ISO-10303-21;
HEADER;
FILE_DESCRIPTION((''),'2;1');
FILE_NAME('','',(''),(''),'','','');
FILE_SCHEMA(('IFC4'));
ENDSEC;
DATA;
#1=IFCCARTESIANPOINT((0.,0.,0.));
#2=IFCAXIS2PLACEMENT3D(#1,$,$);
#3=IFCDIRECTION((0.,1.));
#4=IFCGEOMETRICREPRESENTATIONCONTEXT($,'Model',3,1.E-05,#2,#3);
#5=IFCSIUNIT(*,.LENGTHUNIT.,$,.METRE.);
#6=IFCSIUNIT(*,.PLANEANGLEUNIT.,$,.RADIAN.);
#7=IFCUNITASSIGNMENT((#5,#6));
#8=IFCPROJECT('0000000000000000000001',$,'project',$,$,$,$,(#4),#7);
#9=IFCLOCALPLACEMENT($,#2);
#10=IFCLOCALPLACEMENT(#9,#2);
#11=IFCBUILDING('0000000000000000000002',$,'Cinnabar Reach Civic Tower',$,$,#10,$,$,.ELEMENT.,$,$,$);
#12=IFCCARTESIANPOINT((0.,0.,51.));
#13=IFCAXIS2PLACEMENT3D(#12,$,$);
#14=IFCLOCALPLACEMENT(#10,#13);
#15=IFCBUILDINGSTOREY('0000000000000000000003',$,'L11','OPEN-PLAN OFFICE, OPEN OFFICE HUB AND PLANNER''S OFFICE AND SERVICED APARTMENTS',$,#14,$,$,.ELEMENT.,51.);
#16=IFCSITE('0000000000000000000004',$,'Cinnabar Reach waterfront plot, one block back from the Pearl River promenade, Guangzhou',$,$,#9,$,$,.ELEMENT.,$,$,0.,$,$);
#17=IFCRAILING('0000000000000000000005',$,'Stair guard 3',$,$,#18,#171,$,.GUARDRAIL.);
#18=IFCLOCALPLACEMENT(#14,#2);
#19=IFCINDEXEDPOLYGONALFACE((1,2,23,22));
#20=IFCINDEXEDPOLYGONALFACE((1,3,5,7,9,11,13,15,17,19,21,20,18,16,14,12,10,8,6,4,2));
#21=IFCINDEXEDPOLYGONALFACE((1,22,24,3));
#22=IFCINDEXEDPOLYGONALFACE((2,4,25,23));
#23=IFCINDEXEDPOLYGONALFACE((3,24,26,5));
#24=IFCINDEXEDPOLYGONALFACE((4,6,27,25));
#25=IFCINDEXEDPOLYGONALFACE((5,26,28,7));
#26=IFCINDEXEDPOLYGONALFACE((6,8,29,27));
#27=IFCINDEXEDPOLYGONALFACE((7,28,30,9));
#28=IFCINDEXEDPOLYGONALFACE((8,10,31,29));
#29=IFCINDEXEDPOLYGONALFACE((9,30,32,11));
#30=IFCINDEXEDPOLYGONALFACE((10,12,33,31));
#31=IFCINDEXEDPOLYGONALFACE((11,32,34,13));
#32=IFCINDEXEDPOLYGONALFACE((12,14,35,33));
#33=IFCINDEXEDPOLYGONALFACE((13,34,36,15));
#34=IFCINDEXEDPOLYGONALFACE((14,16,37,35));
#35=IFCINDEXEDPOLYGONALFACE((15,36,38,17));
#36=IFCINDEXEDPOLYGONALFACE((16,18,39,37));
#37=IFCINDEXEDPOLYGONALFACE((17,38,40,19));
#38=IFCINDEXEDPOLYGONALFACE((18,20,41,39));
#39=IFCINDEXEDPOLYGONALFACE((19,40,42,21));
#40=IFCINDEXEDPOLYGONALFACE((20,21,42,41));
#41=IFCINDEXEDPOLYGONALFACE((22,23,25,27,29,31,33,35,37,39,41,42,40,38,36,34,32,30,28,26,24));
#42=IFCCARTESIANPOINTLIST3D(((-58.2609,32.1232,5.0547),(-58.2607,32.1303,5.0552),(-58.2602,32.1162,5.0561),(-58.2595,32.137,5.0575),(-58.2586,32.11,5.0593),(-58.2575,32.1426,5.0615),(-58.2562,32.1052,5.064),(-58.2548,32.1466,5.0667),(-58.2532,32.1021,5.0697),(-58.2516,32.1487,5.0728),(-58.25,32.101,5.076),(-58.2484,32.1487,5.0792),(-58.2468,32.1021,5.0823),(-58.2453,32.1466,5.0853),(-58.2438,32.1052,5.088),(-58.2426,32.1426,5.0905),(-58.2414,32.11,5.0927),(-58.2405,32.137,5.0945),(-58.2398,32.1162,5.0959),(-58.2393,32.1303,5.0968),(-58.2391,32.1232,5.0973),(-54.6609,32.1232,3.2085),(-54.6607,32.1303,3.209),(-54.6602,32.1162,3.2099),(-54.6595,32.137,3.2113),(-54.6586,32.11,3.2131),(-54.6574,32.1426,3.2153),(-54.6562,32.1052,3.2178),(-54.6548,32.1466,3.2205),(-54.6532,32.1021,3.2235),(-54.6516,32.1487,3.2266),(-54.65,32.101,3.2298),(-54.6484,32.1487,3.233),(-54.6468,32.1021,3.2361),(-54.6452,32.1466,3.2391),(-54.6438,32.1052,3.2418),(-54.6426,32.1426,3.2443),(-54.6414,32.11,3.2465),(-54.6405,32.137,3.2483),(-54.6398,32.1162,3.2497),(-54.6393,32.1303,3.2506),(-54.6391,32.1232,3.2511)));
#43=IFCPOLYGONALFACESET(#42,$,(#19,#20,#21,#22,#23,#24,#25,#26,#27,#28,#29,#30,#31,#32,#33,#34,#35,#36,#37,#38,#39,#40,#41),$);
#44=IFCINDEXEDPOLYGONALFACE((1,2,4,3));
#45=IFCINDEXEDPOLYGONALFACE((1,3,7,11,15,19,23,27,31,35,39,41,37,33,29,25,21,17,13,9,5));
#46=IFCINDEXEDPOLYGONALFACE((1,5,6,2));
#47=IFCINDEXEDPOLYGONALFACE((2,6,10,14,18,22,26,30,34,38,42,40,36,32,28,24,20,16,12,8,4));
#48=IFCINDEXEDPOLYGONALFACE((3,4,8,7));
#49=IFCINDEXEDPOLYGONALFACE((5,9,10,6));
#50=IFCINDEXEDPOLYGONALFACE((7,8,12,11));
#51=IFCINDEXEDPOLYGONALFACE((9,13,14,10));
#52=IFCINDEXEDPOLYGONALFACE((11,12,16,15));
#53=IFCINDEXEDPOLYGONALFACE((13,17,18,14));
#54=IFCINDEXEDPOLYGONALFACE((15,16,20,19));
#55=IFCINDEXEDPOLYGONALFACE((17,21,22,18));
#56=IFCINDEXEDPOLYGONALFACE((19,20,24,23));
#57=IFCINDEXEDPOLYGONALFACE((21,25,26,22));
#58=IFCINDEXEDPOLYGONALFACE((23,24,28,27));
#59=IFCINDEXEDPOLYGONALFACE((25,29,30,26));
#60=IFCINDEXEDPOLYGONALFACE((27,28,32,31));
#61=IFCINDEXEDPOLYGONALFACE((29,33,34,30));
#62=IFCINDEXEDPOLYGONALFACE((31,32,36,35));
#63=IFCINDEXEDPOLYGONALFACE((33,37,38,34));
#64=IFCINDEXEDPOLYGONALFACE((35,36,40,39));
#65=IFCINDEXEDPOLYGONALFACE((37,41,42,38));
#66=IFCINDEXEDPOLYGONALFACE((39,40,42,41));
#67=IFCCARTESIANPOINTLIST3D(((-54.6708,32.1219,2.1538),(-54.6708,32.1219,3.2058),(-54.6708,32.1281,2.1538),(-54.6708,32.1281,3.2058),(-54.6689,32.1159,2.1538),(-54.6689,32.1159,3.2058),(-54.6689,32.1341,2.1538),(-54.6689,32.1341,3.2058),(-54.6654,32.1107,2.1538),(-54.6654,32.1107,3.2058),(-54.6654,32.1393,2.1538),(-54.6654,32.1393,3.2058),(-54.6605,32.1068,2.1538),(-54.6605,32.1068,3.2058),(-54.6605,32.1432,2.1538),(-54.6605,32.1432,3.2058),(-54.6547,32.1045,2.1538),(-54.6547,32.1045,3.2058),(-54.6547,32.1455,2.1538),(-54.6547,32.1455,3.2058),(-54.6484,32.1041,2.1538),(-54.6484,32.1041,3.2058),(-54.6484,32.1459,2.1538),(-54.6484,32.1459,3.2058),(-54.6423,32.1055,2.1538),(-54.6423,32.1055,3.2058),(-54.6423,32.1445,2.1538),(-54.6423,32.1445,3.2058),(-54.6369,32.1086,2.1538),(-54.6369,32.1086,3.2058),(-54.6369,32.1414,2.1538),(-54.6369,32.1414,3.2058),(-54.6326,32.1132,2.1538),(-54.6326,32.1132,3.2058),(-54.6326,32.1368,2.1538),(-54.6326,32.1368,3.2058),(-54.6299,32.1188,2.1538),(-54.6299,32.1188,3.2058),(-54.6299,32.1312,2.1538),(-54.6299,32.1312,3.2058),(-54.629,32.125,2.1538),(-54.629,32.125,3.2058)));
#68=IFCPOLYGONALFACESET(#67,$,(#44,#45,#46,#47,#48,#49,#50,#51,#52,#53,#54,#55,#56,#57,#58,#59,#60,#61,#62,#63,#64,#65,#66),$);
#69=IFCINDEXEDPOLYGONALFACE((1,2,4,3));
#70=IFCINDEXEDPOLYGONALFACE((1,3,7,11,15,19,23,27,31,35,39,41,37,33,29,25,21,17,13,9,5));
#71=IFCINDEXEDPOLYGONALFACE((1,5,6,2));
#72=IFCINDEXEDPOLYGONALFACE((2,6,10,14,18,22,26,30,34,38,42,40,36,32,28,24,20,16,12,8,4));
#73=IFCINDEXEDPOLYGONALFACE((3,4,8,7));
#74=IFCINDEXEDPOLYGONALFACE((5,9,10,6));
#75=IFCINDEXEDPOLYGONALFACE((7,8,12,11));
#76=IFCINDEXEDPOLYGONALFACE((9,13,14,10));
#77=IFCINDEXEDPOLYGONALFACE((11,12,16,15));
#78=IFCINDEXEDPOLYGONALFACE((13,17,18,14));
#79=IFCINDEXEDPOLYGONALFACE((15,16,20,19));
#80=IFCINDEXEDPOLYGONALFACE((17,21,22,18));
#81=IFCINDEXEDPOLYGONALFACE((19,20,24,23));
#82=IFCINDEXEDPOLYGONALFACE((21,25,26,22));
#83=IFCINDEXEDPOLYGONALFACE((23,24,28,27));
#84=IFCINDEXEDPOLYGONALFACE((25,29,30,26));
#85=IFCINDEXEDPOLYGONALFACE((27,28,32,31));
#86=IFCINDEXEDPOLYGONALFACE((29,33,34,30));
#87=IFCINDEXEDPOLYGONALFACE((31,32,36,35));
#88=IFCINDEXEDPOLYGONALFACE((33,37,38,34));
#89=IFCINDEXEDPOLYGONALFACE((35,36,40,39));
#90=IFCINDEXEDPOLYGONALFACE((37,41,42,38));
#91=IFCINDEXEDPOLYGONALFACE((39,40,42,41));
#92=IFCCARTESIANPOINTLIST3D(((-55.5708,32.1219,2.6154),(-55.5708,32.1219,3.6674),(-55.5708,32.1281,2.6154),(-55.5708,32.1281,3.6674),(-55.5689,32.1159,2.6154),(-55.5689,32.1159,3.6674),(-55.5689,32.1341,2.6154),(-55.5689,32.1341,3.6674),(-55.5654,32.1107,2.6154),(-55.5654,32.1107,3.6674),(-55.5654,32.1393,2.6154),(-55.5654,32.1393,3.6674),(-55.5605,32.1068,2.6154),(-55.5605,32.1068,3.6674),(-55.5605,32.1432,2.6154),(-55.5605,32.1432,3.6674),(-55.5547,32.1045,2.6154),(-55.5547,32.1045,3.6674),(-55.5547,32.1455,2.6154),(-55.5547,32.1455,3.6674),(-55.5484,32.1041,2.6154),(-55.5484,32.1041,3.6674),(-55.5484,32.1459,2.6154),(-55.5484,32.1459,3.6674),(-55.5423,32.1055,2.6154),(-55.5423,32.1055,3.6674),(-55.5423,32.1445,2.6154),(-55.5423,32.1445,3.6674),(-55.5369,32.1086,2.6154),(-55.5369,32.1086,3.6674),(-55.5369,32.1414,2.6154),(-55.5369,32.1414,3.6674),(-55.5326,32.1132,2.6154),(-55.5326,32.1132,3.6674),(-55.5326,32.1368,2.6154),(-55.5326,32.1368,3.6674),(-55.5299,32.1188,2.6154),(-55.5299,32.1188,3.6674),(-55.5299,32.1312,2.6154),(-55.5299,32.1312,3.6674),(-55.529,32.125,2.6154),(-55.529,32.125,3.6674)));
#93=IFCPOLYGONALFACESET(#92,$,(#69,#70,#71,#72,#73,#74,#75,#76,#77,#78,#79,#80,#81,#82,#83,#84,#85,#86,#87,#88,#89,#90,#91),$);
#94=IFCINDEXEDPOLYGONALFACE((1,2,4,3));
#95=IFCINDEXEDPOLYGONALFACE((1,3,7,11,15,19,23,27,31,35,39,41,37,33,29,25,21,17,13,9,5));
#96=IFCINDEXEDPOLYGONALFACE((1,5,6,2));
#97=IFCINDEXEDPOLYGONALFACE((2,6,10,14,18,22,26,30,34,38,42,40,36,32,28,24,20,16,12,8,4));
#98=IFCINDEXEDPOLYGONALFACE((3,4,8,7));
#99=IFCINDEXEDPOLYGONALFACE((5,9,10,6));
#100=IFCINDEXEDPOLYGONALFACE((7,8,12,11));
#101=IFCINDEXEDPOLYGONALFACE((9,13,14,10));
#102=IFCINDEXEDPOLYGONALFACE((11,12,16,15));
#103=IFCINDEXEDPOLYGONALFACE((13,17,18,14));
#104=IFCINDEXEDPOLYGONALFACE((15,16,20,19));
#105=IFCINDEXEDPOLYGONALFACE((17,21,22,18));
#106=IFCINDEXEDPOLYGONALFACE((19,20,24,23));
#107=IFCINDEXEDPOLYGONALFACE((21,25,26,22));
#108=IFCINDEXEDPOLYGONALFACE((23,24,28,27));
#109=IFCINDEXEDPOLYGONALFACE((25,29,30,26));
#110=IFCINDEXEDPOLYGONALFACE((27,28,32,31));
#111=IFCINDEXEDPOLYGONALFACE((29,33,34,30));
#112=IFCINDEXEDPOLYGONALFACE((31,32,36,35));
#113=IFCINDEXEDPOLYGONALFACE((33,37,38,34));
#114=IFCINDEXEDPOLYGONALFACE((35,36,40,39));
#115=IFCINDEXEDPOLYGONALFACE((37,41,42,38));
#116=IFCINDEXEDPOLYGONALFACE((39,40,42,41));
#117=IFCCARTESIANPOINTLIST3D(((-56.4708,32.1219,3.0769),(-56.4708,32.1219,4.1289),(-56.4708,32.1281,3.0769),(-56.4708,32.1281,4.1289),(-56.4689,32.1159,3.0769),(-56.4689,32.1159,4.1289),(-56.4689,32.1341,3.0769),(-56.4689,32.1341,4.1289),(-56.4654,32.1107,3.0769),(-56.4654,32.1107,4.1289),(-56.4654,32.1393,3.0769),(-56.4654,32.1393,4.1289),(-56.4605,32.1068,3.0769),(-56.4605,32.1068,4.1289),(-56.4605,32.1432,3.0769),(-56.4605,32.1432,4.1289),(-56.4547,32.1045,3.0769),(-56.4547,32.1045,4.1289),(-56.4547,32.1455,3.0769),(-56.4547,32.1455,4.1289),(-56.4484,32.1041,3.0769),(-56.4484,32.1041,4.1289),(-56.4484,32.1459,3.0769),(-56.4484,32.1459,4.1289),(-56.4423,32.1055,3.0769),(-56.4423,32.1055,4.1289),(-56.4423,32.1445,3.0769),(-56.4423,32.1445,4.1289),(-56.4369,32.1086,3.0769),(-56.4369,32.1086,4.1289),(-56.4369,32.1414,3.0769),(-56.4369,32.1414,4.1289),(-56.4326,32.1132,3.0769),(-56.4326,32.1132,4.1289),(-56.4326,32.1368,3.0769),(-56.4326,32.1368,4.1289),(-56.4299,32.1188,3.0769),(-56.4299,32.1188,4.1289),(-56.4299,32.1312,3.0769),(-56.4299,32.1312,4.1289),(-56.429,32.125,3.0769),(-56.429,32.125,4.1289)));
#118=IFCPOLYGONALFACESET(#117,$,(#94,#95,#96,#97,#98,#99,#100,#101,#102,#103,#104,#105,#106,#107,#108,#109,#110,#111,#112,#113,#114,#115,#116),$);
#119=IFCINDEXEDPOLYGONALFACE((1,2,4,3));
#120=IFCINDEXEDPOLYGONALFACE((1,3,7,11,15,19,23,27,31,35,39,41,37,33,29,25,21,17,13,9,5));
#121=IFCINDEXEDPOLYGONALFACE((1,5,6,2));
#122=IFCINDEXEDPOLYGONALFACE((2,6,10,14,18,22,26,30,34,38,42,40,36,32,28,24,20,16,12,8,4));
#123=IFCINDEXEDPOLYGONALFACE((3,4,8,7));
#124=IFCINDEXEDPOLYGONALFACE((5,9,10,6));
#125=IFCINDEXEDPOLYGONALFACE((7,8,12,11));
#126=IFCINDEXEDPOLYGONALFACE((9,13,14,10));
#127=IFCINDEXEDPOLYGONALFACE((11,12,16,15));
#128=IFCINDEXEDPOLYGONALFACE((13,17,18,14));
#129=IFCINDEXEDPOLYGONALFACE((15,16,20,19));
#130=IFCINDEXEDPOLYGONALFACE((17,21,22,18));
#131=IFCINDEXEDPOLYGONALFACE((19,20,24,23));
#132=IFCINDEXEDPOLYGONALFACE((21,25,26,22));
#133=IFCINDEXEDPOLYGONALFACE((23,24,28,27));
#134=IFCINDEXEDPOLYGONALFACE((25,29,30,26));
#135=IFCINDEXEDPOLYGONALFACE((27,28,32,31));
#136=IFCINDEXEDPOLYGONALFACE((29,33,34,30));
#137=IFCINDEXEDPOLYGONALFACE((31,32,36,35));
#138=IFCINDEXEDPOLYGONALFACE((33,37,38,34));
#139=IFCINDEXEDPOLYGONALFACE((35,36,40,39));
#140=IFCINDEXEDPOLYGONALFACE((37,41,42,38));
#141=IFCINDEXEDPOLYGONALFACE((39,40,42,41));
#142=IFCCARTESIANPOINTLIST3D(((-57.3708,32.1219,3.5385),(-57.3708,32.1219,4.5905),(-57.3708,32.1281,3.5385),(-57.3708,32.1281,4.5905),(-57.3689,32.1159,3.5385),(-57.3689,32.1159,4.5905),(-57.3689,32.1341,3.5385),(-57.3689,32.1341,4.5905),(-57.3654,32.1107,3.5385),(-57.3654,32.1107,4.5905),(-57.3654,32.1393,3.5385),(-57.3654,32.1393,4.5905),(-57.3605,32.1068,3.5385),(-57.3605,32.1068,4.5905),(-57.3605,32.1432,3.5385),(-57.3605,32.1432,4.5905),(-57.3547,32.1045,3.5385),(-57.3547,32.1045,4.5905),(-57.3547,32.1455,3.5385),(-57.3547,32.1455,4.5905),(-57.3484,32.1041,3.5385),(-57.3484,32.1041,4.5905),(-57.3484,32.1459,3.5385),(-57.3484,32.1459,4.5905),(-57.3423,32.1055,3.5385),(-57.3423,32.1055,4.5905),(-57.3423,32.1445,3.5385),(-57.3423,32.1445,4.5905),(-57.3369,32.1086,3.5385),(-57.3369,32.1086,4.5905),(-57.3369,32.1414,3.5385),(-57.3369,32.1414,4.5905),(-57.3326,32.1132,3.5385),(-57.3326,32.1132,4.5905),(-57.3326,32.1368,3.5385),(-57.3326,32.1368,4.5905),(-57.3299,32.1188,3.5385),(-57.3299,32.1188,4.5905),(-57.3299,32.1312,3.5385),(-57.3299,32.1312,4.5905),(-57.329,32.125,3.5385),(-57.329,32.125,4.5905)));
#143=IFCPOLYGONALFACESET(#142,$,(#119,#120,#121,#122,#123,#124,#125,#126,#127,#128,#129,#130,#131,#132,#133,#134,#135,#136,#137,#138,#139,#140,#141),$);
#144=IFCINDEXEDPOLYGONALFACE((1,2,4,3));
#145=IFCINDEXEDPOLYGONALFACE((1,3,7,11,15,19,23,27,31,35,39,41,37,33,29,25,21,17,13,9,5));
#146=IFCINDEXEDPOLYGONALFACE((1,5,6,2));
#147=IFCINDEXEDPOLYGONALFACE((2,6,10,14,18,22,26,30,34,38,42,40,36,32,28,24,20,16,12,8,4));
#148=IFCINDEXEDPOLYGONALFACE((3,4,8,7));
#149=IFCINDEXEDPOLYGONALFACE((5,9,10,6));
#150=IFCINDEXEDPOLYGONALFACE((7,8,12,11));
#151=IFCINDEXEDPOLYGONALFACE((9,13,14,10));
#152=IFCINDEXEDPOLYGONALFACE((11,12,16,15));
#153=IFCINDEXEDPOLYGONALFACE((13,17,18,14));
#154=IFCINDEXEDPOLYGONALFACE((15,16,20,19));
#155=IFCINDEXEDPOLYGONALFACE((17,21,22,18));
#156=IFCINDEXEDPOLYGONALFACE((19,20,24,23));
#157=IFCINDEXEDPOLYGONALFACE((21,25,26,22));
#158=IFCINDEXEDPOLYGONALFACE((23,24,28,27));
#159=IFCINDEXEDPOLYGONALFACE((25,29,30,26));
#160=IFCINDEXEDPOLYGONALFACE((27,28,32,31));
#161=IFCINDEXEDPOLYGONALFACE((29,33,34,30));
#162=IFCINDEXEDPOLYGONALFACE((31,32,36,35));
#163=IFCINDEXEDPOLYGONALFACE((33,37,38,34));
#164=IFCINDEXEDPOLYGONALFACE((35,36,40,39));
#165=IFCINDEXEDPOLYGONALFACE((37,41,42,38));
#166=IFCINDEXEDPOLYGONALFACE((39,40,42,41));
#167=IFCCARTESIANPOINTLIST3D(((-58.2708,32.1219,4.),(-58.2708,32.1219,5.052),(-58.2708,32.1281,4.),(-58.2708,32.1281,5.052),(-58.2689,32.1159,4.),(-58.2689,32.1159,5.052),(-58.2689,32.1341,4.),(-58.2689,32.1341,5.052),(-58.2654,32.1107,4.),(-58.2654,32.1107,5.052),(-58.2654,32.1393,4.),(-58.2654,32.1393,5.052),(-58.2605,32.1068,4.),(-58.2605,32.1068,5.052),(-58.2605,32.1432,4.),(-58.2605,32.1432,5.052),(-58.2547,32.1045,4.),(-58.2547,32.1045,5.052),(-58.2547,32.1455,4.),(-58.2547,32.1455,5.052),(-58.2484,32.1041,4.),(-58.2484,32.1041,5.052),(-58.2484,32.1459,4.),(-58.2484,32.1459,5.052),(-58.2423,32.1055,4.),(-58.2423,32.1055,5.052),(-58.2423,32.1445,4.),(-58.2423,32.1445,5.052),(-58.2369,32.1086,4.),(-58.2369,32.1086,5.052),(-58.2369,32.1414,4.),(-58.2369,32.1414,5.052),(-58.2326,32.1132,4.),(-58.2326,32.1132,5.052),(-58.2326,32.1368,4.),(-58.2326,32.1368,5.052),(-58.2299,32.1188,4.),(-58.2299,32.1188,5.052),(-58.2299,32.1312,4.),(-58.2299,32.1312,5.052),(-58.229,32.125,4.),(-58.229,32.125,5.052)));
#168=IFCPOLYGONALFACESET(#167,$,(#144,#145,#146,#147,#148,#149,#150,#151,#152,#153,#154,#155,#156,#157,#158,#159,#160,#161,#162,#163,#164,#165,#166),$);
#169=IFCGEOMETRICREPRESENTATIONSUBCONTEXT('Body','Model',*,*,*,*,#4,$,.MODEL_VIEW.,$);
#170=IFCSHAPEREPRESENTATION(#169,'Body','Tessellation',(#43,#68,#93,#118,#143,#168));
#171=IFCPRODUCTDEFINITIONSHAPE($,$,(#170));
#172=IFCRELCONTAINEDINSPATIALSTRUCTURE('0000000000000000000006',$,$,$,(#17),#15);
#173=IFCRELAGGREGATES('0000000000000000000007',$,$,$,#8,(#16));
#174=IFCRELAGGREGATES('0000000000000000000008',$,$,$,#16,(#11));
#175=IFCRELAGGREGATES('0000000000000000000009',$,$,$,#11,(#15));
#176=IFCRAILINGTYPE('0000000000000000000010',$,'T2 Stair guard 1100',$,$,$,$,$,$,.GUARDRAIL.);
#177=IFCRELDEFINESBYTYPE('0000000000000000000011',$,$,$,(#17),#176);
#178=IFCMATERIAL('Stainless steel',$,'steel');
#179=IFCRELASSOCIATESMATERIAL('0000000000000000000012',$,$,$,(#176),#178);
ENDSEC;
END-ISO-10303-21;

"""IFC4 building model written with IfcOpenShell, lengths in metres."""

from ifc_helpers import new_model, si_unit, direction, frame, origin, origin_2d, place, context, subcontext, project, spatial, circle, extrude, material, type_object, element, save


model = new_model("IFC4")

# Units and contexts
model_context = context("Model", 3, precision=1e-05, world=origin(), true_north=direction((0.0, 1.0)))
body_context = subcontext(model_context, "Body", "Model", "MODEL_VIEW")
ifc_project = project(units=[si_unit("LENGTHUNIT", "METRE"), si_unit("PLANEANGLEUNIT", "RADIAN")], contexts=[model_context])

# Site, building, storey
site_placement = place(None, origin())
site = spatial("IfcSite", under=ifc_project, at=site_placement, Name="Cinnabar Reach waterfront plot, one block back from the Pearl River promenade, Guangzhou", CompositionType="ELEMENT", RefElevation=0.0)
building_placement = place(site_placement, origin())
building = spatial("IfcBuilding", under=site, at=building_placement, Name="Cinnabar Reach Civic Tower", CompositionType="ELEMENT")
storey_placement = place(building_placement, frame((0.0, 0.0, 51.0)))
storey = spatial("IfcBuildingStorey", under=building, at=storey_placement, Name="L11", Description="OPEN-PLAN OFFICE, OPEN OFFICE HUB AND PLANNER'S OFFICE AND SERVICED APARTMENTS", CompositionType="ELEMENT", Elevation=51.0)

# Railing
ifc_material_1 = material(Name="Stainless steel", Category="steel")
railing_type = type_object("IfcRailingType", Name="T2 Stair guard 1100", PredefinedType="GUARDRAIL", material=ifc_material_1)
railing_1_placement = place(storey_placement, frame((-54.65, 32.125, 2.1538)))
element("IfcRailing", 1, at=railing_1_placement, inside=storey, type_object=railing_type, Name="Stair guard 3", PredefinedType="GUARDRAIL", context=body_context, shape_type="SweptSolid", body=[
    extrude(circle(Radius=0.024, at=origin_2d()), frame((0.0, 0.0, 1.076), z_axis=(-0.889813, 0.0, 0.456326), x_axis=(0.0, -1.0, 0.0)), (0.0, 0.0, 1.0), 4.0458),
    extrude(circle(Radius=0.021, at=origin_2d()), origin(), (0.0, 0.0, 1.0), 1.052),
    extrude(circle(Radius=0.021, at=origin_2d()), frame((-0.9, 0.0, 0.4616)), (0.0, 0.0, 1.0), 1.052),
    extrude(circle(Radius=0.021, at=origin_2d()), frame((-1.8, 0.0, 0.9231)), (0.0, 0.0, 1.0), 1.052),
    extrude(circle(Radius=0.021, at=origin_2d()), frame((-2.7, 0.0, 1.3847)), (0.0, 0.0, 1.0), 1.052),
    extrude(circle(Radius=0.021, at=origin_2d()), frame((-3.6, 0.0, 1.8462)), (0.0, 0.0, 1.0), 1.052),
])

save(model, "model.ifc")
